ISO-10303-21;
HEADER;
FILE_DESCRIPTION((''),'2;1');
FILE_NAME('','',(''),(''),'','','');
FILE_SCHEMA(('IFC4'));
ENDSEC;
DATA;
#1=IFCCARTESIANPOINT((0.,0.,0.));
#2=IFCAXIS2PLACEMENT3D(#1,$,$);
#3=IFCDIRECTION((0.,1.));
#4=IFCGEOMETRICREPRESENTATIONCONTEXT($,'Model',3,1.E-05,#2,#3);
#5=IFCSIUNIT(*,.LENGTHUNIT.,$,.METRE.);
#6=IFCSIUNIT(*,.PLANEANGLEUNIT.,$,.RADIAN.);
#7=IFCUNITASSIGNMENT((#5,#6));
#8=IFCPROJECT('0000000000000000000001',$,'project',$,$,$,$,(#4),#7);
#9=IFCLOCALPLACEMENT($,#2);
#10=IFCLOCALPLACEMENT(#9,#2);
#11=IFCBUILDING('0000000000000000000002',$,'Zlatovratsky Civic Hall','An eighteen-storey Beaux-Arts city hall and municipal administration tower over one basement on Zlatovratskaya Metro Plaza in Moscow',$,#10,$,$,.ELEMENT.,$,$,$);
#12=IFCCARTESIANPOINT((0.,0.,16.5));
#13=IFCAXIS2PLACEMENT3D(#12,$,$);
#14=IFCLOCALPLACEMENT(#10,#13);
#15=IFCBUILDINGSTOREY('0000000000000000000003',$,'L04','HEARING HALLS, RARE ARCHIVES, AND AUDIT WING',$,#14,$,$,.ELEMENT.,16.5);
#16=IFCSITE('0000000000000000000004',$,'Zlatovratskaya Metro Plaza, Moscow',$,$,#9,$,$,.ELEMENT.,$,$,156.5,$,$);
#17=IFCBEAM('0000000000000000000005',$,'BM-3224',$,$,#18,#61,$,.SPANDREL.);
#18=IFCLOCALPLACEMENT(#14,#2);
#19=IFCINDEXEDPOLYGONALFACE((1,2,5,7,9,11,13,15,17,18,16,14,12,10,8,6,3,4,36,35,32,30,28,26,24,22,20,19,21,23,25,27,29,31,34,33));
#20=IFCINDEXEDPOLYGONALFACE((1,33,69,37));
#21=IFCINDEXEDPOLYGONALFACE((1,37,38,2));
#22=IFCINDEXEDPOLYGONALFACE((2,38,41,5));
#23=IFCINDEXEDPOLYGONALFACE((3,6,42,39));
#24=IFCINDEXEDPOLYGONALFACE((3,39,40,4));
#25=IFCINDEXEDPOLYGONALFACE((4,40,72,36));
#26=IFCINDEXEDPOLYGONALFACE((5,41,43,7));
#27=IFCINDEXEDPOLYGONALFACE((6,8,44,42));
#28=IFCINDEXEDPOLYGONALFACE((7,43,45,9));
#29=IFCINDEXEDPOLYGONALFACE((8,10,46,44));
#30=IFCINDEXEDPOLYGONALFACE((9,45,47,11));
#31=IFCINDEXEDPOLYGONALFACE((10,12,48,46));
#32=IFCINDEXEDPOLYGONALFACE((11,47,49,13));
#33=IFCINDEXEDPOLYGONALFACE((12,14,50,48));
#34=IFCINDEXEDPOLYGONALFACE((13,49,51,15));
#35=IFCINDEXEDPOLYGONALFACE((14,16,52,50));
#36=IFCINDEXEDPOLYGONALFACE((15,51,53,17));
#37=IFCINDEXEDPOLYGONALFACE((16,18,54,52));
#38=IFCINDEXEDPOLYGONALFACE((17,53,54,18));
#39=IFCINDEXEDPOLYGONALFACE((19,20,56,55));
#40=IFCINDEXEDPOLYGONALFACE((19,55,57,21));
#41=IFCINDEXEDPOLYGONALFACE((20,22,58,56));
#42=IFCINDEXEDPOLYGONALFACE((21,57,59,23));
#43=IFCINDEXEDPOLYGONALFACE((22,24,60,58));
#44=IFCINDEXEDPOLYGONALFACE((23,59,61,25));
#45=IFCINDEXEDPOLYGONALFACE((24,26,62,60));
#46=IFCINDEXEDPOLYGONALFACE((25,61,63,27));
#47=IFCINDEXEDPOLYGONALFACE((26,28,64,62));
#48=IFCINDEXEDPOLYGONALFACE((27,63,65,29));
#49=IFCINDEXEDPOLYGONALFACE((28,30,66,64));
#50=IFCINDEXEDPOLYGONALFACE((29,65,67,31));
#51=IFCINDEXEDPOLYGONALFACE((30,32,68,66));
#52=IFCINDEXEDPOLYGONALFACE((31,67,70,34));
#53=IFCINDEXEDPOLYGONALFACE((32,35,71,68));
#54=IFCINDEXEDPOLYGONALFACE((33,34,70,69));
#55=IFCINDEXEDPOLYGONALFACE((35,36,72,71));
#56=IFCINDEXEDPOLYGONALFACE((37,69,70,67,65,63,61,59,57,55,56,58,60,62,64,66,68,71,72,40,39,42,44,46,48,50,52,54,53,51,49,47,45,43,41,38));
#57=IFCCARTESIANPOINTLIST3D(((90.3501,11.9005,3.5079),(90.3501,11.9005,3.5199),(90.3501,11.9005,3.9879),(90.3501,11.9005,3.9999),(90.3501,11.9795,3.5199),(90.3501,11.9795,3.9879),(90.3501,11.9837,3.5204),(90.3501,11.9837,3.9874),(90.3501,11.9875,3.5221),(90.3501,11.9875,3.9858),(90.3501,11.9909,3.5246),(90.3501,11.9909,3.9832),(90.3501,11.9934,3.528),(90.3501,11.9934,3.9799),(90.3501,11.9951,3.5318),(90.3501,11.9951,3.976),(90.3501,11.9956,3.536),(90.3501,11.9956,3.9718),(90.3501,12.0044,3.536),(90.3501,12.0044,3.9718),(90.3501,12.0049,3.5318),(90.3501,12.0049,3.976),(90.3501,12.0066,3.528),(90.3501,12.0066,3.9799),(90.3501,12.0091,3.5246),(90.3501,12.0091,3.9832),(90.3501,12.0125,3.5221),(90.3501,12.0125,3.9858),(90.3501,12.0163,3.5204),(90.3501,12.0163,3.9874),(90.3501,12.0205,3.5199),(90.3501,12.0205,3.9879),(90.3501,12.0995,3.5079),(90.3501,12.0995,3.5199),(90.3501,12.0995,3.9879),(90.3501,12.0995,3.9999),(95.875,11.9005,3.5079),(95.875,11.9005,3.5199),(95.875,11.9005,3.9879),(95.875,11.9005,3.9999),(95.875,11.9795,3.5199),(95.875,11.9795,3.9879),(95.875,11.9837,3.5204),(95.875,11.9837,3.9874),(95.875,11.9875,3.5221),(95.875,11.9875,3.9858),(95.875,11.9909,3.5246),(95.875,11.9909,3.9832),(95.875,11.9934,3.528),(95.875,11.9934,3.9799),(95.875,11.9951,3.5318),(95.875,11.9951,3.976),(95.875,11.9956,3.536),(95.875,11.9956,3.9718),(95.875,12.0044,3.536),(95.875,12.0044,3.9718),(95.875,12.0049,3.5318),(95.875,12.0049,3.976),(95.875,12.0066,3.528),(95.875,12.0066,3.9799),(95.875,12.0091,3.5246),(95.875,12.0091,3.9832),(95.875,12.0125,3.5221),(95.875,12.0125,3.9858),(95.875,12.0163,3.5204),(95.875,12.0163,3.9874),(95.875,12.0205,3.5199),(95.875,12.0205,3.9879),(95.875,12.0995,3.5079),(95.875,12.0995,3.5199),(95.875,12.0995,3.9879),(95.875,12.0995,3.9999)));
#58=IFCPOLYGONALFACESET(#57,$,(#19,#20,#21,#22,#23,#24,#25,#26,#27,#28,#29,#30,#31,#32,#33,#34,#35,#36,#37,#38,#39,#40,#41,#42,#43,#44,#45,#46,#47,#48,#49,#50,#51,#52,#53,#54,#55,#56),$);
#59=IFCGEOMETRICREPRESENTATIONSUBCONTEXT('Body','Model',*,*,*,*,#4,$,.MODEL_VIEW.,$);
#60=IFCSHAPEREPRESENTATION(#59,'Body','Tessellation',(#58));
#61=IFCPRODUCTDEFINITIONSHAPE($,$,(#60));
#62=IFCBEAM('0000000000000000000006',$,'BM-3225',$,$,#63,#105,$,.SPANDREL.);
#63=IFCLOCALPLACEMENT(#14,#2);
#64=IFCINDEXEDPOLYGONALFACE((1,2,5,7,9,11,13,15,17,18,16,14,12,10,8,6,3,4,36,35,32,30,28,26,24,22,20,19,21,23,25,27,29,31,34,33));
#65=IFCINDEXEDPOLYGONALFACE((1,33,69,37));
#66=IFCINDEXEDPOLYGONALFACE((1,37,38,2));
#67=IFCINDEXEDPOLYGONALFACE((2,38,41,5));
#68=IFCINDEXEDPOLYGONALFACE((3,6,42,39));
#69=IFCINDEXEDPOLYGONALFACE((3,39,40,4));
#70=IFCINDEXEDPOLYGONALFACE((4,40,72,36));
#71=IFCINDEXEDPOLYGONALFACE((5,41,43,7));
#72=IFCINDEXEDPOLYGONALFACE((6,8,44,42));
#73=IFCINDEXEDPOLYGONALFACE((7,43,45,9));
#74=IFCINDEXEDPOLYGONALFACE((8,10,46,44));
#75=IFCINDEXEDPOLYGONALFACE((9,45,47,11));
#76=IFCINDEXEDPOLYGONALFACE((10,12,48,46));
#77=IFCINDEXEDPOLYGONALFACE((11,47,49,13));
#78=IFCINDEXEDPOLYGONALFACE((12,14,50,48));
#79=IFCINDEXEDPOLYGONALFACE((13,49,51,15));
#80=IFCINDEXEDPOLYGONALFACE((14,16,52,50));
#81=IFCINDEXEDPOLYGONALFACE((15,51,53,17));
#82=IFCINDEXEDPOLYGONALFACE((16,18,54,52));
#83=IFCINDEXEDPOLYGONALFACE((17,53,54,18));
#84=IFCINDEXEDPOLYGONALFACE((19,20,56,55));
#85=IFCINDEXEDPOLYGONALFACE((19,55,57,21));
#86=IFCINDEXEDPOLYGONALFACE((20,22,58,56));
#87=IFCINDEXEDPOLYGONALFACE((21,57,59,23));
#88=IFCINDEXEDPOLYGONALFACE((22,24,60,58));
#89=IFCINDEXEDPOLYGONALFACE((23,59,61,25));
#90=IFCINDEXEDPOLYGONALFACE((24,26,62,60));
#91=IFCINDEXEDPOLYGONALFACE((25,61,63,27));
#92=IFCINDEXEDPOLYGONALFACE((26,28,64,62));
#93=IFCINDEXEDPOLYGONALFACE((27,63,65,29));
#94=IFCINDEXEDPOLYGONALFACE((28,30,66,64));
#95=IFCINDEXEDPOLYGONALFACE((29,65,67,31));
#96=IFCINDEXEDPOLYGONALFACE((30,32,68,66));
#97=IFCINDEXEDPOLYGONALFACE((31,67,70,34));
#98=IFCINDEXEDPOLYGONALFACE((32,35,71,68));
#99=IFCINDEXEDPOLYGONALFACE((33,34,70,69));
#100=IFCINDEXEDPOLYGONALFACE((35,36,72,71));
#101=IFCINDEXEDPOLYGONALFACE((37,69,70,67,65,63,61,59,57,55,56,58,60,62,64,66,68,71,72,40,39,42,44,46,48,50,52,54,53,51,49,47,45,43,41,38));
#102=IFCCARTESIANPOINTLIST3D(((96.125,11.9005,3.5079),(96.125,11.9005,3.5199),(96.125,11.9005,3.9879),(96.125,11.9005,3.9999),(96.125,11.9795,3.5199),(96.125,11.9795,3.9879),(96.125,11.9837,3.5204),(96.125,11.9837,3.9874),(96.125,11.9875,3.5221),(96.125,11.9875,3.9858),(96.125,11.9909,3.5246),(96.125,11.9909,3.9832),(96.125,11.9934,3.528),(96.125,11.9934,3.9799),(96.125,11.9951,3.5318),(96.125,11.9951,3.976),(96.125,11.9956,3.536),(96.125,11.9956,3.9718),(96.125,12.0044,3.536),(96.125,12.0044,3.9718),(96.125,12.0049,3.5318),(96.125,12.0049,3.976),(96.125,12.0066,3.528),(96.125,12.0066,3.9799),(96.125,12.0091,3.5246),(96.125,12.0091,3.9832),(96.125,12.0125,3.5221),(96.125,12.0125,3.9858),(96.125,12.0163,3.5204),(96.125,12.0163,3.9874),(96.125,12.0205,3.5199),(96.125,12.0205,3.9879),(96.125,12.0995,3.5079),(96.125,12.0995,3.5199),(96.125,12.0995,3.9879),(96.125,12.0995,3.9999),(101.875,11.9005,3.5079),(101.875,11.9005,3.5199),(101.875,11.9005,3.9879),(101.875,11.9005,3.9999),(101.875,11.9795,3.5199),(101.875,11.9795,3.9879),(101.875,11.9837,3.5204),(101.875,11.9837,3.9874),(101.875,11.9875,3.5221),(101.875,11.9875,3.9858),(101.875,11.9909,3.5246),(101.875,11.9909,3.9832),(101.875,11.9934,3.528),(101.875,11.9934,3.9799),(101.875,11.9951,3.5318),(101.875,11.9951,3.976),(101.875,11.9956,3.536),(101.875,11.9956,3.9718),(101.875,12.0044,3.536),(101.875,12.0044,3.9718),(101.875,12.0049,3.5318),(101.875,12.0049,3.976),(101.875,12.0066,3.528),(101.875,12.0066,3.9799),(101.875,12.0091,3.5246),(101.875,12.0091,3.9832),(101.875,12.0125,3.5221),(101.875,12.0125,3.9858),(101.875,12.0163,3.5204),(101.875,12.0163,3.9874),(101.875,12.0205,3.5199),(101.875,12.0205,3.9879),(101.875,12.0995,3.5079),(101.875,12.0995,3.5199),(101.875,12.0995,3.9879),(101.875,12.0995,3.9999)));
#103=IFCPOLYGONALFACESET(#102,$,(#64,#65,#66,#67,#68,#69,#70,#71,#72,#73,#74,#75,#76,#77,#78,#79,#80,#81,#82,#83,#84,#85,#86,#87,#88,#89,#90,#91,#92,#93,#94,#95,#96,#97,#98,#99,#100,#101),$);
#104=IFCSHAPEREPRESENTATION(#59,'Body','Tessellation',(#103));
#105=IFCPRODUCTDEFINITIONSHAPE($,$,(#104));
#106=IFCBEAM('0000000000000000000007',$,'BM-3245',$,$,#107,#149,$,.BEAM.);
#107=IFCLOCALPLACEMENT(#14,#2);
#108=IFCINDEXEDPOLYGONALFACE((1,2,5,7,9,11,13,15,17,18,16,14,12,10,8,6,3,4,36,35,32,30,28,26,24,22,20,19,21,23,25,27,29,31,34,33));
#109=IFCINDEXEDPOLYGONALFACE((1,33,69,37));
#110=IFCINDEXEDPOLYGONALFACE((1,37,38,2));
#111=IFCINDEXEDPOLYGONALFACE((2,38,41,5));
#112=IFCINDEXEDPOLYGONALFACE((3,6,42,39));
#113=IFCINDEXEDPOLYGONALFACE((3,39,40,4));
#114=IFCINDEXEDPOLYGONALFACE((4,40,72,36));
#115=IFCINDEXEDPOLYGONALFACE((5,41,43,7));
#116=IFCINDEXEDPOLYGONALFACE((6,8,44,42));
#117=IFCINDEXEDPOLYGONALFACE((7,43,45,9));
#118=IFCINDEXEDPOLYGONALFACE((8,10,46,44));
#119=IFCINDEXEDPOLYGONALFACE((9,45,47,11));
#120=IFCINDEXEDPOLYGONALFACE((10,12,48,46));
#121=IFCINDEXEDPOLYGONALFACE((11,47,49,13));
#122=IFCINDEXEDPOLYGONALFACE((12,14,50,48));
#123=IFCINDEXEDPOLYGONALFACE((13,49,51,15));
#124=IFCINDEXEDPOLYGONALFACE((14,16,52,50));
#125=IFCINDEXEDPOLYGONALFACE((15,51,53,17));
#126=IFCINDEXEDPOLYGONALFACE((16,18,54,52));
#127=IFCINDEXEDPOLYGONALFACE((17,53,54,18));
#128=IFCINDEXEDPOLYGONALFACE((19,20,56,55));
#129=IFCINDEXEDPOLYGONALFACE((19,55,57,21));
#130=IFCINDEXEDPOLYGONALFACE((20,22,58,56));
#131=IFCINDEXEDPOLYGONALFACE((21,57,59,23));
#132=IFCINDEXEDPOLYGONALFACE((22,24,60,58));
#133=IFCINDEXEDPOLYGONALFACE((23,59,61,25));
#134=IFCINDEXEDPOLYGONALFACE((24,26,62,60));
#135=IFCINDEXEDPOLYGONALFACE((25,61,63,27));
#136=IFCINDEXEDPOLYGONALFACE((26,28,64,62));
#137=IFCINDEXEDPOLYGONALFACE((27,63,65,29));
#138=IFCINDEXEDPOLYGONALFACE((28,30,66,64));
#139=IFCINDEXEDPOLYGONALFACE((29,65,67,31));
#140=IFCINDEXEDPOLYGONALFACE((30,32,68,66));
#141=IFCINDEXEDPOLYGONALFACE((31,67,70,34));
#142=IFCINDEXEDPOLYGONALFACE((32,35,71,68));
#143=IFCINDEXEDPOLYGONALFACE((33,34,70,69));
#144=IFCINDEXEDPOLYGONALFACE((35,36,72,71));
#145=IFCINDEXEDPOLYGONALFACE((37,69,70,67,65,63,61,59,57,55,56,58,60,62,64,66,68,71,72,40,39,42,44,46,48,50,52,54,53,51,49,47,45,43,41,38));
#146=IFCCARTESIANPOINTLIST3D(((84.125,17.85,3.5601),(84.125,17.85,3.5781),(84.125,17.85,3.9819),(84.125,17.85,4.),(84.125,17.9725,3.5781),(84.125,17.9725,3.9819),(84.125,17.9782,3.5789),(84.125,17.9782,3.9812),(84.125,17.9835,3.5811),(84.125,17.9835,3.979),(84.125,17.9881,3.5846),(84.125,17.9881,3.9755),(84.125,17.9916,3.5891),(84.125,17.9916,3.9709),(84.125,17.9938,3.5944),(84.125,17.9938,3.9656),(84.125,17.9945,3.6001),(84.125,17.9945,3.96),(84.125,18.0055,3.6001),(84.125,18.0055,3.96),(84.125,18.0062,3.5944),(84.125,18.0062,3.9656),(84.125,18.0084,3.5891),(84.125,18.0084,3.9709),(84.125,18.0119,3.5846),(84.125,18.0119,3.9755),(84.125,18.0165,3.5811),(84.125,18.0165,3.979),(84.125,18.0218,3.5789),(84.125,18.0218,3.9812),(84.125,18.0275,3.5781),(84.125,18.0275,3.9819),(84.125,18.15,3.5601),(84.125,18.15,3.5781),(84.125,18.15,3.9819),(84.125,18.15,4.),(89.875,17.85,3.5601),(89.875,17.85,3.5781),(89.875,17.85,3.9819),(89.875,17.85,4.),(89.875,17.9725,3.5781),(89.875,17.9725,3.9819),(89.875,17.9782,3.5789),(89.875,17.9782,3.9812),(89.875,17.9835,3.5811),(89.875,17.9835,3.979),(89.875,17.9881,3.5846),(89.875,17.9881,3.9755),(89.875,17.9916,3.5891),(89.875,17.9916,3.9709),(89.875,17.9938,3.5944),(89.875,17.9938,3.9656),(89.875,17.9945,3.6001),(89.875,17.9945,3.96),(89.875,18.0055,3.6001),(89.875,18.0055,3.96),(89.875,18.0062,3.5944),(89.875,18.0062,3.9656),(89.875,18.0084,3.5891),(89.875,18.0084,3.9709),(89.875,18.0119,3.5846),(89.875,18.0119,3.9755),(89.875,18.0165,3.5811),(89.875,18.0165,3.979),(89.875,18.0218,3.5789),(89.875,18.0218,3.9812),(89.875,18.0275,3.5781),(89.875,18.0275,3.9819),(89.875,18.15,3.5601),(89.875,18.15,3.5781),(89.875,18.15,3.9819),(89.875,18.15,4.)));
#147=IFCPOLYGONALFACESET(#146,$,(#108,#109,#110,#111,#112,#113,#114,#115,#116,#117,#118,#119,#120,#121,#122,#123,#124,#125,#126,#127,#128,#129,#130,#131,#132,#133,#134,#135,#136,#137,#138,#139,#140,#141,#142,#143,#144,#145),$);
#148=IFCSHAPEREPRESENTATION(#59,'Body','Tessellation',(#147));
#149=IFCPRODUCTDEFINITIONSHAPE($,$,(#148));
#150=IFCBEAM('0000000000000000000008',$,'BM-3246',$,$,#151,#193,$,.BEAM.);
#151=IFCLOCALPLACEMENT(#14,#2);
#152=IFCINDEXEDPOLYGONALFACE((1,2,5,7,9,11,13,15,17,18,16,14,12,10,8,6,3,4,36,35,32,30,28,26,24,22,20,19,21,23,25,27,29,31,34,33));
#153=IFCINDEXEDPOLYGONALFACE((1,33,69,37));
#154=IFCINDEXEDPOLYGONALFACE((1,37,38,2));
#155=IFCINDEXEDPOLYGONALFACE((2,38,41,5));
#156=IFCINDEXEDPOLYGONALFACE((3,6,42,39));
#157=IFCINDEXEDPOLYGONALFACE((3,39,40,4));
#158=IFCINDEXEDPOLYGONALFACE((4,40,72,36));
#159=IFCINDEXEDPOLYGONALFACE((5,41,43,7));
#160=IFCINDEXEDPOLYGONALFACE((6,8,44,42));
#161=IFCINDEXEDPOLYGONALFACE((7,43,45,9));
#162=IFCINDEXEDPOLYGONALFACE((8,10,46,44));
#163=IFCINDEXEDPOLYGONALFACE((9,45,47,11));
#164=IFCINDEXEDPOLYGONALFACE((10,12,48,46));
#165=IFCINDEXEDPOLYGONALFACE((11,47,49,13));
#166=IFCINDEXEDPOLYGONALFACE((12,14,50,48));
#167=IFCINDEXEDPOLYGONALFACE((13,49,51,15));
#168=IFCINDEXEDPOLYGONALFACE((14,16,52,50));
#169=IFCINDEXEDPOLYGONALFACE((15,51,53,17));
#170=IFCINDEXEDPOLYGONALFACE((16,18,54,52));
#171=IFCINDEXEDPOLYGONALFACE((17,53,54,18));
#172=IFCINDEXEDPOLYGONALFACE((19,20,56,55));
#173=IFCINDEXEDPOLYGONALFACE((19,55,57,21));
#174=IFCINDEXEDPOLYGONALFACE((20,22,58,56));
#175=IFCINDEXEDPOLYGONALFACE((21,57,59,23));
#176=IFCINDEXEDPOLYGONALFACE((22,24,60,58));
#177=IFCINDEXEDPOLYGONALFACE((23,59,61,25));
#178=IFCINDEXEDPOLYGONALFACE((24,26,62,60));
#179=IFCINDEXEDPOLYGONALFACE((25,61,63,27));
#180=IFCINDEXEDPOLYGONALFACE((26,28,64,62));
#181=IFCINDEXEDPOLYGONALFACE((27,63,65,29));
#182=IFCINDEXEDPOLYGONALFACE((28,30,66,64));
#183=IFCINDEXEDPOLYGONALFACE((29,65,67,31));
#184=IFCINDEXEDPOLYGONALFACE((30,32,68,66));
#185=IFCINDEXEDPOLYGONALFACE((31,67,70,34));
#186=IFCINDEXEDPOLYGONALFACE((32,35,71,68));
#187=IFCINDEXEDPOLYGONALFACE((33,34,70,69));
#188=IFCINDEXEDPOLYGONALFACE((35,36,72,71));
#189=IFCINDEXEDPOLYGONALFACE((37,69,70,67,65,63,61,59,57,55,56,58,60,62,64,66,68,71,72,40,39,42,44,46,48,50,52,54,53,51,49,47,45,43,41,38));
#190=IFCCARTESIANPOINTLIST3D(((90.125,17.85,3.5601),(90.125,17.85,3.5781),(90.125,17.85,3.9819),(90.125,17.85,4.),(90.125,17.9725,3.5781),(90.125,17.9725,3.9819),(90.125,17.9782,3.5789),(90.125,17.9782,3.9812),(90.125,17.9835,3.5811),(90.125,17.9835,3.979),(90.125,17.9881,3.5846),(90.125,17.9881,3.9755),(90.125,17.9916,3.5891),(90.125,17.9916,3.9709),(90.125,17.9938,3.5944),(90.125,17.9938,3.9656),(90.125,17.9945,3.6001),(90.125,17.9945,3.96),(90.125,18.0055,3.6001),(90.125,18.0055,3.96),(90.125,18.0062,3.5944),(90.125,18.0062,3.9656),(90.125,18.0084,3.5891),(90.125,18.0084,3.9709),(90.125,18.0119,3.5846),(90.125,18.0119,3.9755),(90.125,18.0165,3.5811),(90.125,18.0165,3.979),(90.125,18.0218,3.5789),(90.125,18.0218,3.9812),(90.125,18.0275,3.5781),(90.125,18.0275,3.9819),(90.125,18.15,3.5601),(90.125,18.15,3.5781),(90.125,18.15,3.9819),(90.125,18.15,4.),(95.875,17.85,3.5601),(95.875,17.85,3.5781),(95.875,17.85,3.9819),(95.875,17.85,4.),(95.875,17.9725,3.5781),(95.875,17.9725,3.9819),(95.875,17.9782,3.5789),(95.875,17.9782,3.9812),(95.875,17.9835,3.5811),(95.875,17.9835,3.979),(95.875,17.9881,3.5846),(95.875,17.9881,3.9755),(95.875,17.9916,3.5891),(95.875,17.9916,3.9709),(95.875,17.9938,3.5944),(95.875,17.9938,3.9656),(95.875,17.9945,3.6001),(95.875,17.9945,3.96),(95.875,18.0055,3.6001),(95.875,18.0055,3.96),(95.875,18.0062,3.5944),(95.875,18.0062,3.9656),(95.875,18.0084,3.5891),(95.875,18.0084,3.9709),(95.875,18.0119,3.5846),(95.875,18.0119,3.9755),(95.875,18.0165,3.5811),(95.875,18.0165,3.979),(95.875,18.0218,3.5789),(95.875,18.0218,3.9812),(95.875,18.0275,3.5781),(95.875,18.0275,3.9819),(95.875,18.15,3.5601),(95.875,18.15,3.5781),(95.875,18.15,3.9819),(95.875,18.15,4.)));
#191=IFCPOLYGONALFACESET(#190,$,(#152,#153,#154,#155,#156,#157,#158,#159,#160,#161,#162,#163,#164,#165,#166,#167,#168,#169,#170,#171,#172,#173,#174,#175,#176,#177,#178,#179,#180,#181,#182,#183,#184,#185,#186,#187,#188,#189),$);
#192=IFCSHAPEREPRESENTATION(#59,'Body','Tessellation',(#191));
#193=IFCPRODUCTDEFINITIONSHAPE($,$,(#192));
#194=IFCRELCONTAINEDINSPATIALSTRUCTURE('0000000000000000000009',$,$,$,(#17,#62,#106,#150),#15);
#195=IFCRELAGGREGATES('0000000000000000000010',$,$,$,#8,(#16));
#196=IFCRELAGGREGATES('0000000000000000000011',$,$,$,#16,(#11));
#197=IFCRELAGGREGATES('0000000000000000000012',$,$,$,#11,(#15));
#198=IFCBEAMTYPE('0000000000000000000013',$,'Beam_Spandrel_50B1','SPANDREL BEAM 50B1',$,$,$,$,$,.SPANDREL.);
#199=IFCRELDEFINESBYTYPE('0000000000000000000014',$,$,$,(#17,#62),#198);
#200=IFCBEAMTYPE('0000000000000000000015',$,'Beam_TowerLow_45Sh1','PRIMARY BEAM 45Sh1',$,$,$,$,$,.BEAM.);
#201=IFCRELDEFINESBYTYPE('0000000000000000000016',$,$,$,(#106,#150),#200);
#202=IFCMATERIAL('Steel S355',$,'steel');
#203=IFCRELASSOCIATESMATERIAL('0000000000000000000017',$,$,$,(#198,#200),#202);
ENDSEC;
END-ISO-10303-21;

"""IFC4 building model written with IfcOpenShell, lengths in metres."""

from ifc_helpers import new_model, si_unit, direction, frame, origin, origin_2d, place, context, subcontext, project, spatial, i_section, extrude, material, material_profile, profile_set, type_object, element, save


model = new_model("IFC4")

# Units and contexts
model_context = context("Model", 3, precision=1e-05, world=origin(), true_north=direction((0.0, 1.0)))
body_context = subcontext(model_context, "Body", "Model", "MODEL_VIEW")
ifc_project = project(units=[si_unit("LENGTHUNIT", "METRE"), si_unit("PLANEANGLEUNIT", "RADIAN")], contexts=[model_context])

# Site, building, storey
site_placement = place(None, origin())
site = spatial("IfcSite", under=ifc_project, at=site_placement, Name="Zlatovratskaya Metro Plaza, Moscow", CompositionType="ELEMENT", RefElevation=156.5)
building_placement = place(site_placement, origin())
building = spatial("IfcBuilding", under=site, at=building_placement, Name="Zlatovratsky Civic Hall", Description="An eighteen-storey Beaux-Arts city hall and municipal administration tower over one basement on Zlatovratskaya Metro Plaza in Moscow", CompositionType="ELEMENT")
storey_placement = place(building_placement, frame((0.0, 0.0, 16.5)))
storey = spatial("IfcBuildingStorey", under=building, at=storey_placement, Name="L04", Description="HEARING HALLS, RARE ARCHIVES, AND AUDIT WING", CompositionType="ELEMENT", Elevation=16.5)

# Shared definitions
ifc_material_1 = material(Name="Steel S355", Category="steel")

# Beams
ifc_material_profile_1 = material_profile(ifc_material_1, i_section(OverallWidth=0.199, OverallDepth=0.4919, WebThickness=0.0088, FlangeThickness=0.012, FilletRadius=0.0161, at=origin_2d()), Name="50B1")
ifc_profile_set_1 = profile_set([ifc_material_profile_1], Name="Steel S355")
beam_type_1 = type_object("IfcBeamType", Name="Beam_Spandrel_50B1", Description="SPANDREL BEAM 50B1", PredefinedType="SPANDREL", material=ifc_profile_set_1)
beam_1_placement = place(storey_placement, frame((90.3501, 12.0, 3.7539), z_axis=(1.0, 0.0, 0.0), x_axis=(0.0, 1.0, 0.0)))
element("IfcBeam", 1, at=beam_1_placement, inside=storey, type_object=beam_type_1, Name="BM-3224", PredefinedType="SPANDREL", context=body_context, shape_type="SweptSolid", body=[
    extrude(i_section(OverallWidth=0.199, OverallDepth=0.4919, WebThickness=0.0088, FlangeThickness=0.012, FilletRadius=0.0161, at=origin_2d()), origin(), (0.0, 0.0, 1.0), 5.5249),
])
beam_2_placement = place(storey_placement, frame((96.125, 12.0, 3.7539), z_axis=(1.0, 0.0, 0.0), x_axis=(0.0, 1.0, 0.0)))
element("IfcBeam", 2, at=beam_2_placement, inside=storey, type_object=beam_type_1, Name="BM-3225", PredefinedType="SPANDREL", context=body_context, shape_type="SweptSolid", body=[
    extrude(i_section(OverallWidth=0.199, OverallDepth=0.4919, WebThickness=0.0088, FlangeThickness=0.012, FilletRadius=0.0161, at=origin_2d()), origin(), (0.0, 0.0, 1.0), 5.75),
])
ifc_material_profile_2 = material_profile(ifc_material_1, i_section(OverallWidth=0.3, OverallDepth=0.4399, WebThickness=0.011, FlangeThickness=0.0181, FilletRadius=0.022, at=origin_2d()), Name="45Sh1")
ifc_profile_set_2 = profile_set([ifc_material_profile_2], Name="Steel S355")
beam_type_2 = type_object("IfcBeamType", Name="Beam_TowerLow_45Sh1", Description="PRIMARY BEAM 45Sh1", PredefinedType="BEAM", material=ifc_profile_set_2)
for number, where, z_axis, x_axis, name in (
    (3, (84.125, 18.0, 3.78), (1.0, 0.0, 0.0), (0.0, 1.0, 0.0), "BM-3245"),
    (4, (90.125, 18.0, 3.78), (1.0, 0.0, 0.0), (0.0, 1.0, 0.0), "BM-3246"),
):
    element("IfcBeam", number, at=place(storey_placement, frame(where, z_axis=z_axis, x_axis=x_axis)), inside=storey, type_object=beam_type_2, Name=name, PredefinedType="BEAM", context=body_context, shape_type="SweptSolid", body=[
        extrude(i_section(OverallWidth=0.3, OverallDepth=0.4399, WebThickness=0.011, FlangeThickness=0.0181, FilletRadius=0.022, at=origin_2d()), origin(), (0.0, 0.0, 1.0), 5.75),
    ])

save(model, "model.ifc")
